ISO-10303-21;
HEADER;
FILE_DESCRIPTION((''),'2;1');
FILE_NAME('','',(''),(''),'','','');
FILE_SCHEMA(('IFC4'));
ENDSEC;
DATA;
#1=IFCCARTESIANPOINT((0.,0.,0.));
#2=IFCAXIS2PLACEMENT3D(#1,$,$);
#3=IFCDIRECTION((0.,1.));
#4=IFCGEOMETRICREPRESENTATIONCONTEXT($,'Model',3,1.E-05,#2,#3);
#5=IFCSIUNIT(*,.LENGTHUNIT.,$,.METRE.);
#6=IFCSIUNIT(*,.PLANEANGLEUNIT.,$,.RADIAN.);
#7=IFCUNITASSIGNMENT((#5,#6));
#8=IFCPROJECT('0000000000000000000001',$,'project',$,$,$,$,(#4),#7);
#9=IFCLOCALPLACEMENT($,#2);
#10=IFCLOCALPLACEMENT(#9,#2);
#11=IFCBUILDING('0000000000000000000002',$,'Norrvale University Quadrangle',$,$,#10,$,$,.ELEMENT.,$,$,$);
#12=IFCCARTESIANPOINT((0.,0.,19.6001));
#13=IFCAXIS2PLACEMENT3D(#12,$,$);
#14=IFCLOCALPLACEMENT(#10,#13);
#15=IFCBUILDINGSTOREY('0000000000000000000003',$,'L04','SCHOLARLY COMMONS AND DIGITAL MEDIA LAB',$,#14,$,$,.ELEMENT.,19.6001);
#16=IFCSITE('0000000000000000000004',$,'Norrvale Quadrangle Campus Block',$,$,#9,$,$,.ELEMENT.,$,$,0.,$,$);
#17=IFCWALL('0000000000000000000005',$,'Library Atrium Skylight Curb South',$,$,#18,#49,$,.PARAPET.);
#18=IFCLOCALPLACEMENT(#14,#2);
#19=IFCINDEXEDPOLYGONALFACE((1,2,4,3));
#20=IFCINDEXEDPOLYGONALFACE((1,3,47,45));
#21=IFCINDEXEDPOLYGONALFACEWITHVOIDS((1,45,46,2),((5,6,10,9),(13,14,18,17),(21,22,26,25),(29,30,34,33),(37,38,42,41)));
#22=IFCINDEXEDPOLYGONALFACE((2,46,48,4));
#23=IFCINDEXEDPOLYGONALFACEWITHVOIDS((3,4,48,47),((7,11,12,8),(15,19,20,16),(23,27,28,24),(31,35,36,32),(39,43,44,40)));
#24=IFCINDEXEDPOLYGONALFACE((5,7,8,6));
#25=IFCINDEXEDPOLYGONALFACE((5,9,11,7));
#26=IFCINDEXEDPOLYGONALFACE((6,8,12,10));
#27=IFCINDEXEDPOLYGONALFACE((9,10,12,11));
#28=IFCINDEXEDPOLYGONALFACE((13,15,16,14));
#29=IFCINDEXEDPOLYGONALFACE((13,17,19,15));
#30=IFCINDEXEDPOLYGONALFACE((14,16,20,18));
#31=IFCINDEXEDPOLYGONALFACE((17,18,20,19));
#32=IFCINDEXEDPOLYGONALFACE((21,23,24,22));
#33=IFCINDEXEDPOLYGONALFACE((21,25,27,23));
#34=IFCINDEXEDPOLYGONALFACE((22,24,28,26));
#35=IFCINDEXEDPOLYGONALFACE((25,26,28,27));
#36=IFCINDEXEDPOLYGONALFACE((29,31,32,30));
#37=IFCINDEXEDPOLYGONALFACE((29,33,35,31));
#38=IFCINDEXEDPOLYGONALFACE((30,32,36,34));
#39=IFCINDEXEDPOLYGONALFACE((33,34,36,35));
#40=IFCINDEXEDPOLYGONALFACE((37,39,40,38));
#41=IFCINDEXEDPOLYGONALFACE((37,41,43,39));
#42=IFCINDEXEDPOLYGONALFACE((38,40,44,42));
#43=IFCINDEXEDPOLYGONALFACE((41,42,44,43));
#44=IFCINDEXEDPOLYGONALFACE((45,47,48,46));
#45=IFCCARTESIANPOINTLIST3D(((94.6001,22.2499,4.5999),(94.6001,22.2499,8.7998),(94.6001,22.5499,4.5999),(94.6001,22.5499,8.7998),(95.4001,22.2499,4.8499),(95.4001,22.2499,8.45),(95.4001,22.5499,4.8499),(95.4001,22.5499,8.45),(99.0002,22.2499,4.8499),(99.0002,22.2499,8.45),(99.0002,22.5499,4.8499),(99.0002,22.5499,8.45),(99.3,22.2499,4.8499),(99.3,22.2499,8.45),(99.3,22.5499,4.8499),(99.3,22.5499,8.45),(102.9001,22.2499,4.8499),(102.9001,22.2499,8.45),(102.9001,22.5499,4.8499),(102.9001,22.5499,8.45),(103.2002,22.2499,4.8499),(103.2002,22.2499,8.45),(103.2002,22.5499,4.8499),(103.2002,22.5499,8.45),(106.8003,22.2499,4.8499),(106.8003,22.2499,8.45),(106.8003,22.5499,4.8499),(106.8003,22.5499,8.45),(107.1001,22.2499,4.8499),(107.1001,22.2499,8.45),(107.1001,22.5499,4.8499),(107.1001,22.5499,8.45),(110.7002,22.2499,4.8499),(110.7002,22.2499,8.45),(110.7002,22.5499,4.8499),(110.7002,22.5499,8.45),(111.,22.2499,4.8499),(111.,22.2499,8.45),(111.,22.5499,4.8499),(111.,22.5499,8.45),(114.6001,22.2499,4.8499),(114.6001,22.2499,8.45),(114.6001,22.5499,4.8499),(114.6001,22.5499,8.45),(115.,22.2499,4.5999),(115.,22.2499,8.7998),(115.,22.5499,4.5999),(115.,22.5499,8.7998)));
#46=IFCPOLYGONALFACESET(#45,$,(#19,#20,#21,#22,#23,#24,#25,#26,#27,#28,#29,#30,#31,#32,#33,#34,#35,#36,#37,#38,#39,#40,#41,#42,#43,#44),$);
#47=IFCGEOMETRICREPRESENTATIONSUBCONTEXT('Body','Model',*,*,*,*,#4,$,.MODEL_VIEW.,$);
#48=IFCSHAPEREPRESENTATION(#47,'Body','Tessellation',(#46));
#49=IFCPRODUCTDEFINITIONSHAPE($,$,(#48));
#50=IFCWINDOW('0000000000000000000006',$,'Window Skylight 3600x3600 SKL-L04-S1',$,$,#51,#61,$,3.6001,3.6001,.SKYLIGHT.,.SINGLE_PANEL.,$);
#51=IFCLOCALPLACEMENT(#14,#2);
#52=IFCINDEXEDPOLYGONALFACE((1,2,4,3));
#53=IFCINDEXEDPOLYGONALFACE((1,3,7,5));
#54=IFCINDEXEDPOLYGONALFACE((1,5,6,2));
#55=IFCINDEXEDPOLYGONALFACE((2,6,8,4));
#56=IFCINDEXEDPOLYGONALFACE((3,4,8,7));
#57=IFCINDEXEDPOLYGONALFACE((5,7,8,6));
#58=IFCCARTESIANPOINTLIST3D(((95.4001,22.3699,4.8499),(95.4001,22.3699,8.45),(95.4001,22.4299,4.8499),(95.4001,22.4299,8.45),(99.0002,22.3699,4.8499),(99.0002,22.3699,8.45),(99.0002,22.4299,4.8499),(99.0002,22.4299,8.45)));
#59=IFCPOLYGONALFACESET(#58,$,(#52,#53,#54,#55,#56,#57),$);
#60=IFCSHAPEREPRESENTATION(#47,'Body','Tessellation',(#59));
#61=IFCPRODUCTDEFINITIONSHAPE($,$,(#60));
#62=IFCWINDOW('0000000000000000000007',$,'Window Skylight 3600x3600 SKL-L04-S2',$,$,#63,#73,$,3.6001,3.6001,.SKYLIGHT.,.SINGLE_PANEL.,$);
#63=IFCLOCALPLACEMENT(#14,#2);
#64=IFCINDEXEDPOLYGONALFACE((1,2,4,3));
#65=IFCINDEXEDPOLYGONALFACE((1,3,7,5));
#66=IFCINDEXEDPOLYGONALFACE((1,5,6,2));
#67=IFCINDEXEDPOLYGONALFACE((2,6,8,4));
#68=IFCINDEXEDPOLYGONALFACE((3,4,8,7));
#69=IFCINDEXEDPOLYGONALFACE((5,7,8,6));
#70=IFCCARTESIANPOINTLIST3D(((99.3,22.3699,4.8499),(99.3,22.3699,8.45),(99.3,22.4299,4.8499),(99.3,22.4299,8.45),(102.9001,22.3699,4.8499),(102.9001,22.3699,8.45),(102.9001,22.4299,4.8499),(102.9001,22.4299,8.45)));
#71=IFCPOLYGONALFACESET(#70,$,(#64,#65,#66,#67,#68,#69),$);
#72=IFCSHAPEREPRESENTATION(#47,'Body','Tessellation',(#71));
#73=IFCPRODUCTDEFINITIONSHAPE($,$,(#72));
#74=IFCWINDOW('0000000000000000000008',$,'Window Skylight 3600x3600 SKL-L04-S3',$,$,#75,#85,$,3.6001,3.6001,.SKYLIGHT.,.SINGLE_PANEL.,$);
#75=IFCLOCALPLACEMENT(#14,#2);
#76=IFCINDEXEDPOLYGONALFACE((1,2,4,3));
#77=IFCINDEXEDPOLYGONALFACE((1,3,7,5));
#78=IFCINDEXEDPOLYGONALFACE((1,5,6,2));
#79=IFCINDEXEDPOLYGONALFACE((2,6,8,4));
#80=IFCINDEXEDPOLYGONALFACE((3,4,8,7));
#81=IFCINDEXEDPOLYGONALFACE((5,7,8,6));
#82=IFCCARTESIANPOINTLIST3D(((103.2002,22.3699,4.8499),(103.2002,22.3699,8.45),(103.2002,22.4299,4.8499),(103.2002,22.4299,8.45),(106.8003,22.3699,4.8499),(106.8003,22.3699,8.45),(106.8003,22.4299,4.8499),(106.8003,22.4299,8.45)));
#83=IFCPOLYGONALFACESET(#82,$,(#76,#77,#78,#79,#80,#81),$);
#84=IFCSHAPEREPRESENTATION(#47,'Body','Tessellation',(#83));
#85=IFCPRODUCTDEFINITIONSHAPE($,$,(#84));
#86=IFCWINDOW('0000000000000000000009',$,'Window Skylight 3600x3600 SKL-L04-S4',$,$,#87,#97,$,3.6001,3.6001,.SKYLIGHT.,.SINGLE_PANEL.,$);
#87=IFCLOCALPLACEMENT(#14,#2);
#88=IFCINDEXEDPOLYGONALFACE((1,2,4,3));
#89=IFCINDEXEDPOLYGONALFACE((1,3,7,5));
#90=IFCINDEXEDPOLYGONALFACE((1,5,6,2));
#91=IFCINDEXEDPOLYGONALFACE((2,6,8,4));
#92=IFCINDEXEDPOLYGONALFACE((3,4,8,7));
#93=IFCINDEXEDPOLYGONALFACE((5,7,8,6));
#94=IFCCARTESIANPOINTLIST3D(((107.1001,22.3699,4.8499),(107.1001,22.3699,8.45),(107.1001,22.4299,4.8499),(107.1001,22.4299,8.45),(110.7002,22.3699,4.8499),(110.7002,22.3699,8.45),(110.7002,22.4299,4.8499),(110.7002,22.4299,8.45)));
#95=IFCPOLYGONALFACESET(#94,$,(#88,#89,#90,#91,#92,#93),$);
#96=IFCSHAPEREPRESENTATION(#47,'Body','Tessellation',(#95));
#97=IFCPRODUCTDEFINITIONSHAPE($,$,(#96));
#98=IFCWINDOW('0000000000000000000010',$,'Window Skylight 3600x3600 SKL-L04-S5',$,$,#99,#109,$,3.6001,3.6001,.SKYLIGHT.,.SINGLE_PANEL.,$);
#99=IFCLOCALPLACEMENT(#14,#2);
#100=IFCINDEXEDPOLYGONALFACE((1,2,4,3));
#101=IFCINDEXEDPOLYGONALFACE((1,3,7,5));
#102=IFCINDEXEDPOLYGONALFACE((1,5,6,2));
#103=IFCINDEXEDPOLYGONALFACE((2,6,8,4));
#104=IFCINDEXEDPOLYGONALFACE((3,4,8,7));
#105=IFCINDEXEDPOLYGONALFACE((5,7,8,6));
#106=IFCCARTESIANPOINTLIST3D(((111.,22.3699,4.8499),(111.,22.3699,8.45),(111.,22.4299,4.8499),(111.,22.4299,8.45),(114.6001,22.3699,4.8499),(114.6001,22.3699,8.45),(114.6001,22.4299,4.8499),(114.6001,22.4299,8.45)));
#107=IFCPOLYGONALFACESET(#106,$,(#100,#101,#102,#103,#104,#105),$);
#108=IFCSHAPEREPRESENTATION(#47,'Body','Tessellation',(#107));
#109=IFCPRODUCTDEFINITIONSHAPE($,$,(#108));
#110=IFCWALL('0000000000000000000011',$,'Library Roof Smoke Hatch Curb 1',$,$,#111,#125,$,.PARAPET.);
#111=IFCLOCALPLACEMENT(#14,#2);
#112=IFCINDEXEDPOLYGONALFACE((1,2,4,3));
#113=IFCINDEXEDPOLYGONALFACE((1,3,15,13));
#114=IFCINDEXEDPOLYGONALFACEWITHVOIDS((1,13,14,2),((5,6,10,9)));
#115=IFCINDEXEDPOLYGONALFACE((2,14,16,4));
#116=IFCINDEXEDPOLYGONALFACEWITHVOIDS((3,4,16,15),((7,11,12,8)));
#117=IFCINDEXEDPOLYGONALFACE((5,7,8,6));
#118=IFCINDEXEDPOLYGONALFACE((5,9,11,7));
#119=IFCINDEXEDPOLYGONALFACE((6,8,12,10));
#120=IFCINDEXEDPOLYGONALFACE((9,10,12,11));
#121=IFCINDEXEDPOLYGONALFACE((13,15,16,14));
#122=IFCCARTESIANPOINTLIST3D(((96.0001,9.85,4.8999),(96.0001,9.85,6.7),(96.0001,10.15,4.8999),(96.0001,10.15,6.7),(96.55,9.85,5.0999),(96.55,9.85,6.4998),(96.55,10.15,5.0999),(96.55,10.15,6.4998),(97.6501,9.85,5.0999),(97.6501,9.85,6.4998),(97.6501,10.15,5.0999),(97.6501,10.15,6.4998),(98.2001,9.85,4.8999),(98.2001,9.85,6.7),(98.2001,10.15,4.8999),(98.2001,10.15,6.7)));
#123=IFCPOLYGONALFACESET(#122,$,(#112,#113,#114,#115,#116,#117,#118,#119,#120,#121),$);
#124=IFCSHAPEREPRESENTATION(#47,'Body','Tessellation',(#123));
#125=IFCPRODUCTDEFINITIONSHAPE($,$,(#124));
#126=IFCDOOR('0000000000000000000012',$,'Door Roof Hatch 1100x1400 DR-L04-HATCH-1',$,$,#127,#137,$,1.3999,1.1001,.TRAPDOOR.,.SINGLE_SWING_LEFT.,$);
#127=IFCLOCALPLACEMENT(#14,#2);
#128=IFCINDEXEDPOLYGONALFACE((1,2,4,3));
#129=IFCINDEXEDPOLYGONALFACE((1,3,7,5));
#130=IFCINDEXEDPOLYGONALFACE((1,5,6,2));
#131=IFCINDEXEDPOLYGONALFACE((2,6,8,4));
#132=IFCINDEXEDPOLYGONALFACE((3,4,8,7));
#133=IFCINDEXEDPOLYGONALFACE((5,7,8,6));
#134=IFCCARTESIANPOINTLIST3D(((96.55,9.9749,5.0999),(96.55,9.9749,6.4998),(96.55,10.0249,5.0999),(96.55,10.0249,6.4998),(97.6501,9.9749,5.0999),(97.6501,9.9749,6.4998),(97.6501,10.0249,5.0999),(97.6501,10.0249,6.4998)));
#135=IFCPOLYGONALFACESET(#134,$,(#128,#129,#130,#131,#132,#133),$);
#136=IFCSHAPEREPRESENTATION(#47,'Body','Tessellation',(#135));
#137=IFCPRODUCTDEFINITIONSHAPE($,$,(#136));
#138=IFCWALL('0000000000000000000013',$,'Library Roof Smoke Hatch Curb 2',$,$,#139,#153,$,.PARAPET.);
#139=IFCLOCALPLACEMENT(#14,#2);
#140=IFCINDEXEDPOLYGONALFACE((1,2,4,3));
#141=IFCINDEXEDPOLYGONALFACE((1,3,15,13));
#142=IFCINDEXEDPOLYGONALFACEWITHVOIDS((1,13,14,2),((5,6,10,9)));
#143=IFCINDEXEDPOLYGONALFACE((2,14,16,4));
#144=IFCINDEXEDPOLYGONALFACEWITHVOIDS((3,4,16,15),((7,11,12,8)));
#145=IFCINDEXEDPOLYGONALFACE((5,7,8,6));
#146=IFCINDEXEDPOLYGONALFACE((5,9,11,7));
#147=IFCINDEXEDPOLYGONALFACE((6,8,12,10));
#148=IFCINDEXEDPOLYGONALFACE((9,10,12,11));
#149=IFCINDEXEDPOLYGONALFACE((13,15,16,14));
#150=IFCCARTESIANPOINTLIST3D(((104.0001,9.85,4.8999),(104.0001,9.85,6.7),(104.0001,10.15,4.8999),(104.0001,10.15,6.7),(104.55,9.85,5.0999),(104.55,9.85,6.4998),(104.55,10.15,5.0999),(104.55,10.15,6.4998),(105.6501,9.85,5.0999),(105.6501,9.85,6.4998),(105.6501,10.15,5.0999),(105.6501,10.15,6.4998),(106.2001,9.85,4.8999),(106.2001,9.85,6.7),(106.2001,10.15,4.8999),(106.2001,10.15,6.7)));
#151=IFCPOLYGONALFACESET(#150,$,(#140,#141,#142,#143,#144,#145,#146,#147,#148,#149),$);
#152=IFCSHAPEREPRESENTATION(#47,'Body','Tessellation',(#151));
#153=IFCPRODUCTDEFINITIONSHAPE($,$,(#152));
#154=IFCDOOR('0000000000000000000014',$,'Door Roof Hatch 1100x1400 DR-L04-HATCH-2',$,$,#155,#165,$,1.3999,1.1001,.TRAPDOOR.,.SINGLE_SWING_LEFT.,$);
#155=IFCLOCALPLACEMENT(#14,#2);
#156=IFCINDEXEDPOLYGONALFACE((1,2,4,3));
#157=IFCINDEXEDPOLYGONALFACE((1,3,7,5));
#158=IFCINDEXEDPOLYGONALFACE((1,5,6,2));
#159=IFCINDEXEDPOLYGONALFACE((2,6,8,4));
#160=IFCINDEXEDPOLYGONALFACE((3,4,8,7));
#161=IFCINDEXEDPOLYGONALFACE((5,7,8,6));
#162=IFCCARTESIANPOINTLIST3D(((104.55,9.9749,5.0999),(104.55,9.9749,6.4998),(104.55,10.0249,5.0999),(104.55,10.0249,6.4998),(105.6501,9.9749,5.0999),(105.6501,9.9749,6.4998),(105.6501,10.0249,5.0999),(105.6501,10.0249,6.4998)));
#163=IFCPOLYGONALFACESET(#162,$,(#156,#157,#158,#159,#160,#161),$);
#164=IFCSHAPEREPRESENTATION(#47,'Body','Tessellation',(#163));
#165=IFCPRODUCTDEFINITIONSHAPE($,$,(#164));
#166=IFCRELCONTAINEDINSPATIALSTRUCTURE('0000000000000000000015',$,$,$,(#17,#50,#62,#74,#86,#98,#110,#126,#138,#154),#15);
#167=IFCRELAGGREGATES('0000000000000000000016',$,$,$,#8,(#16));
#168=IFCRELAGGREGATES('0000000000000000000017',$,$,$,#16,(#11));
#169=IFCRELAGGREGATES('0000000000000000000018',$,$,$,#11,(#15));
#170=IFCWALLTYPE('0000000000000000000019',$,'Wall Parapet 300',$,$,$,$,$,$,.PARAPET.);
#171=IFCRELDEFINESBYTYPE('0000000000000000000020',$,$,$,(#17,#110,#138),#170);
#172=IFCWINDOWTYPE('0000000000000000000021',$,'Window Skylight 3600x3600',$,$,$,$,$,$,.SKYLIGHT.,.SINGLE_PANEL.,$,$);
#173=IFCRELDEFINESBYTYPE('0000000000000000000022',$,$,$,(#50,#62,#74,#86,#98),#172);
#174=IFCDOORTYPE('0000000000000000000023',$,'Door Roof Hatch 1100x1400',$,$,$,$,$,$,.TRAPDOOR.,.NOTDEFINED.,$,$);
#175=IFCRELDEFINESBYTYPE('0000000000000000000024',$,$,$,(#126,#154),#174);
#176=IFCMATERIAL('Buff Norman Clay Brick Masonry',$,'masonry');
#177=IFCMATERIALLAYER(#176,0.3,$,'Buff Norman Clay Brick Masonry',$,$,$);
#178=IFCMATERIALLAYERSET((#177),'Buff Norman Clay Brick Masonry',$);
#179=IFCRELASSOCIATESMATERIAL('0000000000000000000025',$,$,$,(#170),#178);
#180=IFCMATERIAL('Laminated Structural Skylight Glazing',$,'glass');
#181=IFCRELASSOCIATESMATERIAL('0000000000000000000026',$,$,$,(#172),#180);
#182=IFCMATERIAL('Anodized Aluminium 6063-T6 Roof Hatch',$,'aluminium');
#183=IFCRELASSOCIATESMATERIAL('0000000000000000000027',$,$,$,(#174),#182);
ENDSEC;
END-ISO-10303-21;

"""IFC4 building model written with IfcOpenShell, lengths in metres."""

from ifc_helpers import new_model, si_unit, direction, frame, frame_2d, origin, place, context, subcontext, project, spatial, rectangle, extrude, material, layer, layer_set, type_object, element, fill, save


model = new_model("IFC4")

# Units and contexts
model_context = context("Model", 3, precision=1e-05, world=origin(), true_north=direction((0.0, 1.0)))
body_context = subcontext(model_context, "Body", "Model", "MODEL_VIEW")
ifc_project = project(units=[si_unit("LENGTHUNIT", "METRE"), si_unit("PLANEANGLEUNIT", "RADIAN")], contexts=[model_context])

# Site, building, storey
site_placement = place(None, origin())
site = spatial("IfcSite", under=ifc_project, at=site_placement, Name="Norrvale Quadrangle Campus Block", CompositionType="ELEMENT", RefElevation=0.0)
building_placement = place(site_placement, origin())
building = spatial("IfcBuilding", under=site, at=building_placement, Name="Norrvale University Quadrangle", CompositionType="ELEMENT")
storey_placement = place(building_placement, frame((0.0, 0.0, 19.6001)))
storey = spatial("IfcBuildingStorey", under=building, at=storey_placement, Name="L04", Description="SCHOLARLY COMMONS AND DIGITAL MEDIA LAB", CompositionType="ELEMENT", Elevation=19.6001)

# Wall, openings, windows
ifc_material_1 = material(Name="Buff Norman Clay Brick Masonry", Category="masonry")
ifc_layer_1 = layer(ifc_material_1, 0.3, Name="Buff Norman Clay Brick Masonry")
ifc_layer_set_1 = layer_set([ifc_layer_1], Name="Buff Norman Clay Brick Masonry")
wall_type_1 = type_object("IfcWallType", Name="Wall Parapet 300", PredefinedType="PARAPET", material=ifc_layer_set_1)
wall_1_placement = place(storey_placement, frame((94.6001, 22.3999, 4.5999), z_axis=(0.0, 0.0, 1.0), x_axis=(1.0, 0.0, 0.0)))
wall_1 = element("IfcWall", 1, at=wall_1_placement, inside=storey, type_object=wall_type_1, Name="Library Atrium Skylight Curb South", PredefinedType="PARAPET", context=body_context, shape_type="SweptSolid", body=[
    extrude(rectangle(XDim=20.3999, YDim=0.3, at=frame_2d((10.2, 0.0))), origin(), (0.0, 0.0, 1.0), 4.2),
])
opening_1_placement = place(wall_1_placement, frame((0.8, 0.0, 0.25)))
opening_1 = element("IfcOpeningElement", 2, at=opening_1_placement, cuts=wall_1, PredefinedType="OPENING", context=body_context, shape_type="SweptSolid", body=[
    extrude(rectangle(XDim=3.6001, YDim=3.6001, at=frame_2d((1.8, 1.8))), frame((0.0, 0.1621, 0.0), z_axis=(0.0, -1.0, 0.0), x_axis=(1.0, 0.0, 0.0)), (0.0, 0.0, 1.0), 0.324),
])
opening_2_placement = place(wall_1_placement, frame((4.7, 0.0, 0.25)))
opening_2 = element("IfcOpeningElement", 3, at=opening_2_placement, cuts=wall_1, PredefinedType="OPENING", context=body_context, shape_type="SweptSolid", body=[
    extrude(rectangle(XDim=3.6001, YDim=3.6001, at=frame_2d((1.8, 1.8))), frame((0.0, 0.1621, 0.0), z_axis=(0.0, -1.0, 0.0), x_axis=(1.0, 0.0, 0.0)), (0.0, 0.0, 1.0), 0.324),
])
opening_3_placement = place(wall_1_placement, frame((8.6001, 0.0, 0.25)))
opening_3 = element("IfcOpeningElement", 4, at=opening_3_placement, cuts=wall_1, PredefinedType="OPENING", context=body_context, shape_type="SweptSolid", body=[
    extrude(rectangle(XDim=3.6001, YDim=3.6001, at=frame_2d((1.8, 1.8))), frame((0.0, 0.1621, 0.0), z_axis=(0.0, -1.0, 0.0), x_axis=(1.0, 0.0, 0.0)), (0.0, 0.0, 1.0), 0.324),
])
opening_4_placement = place(wall_1_placement, frame((12.5, 0.0, 0.25)))
opening_4 = element("IfcOpeningElement", 5, at=opening_4_placement, cuts=wall_1, PredefinedType="OPENING", context=body_context, shape_type="SweptSolid", body=[
    extrude(rectangle(XDim=3.6001, YDim=3.6001, at=frame_2d((1.8, 1.8))), frame((0.0, 0.1621, 0.0), z_axis=(0.0, -1.0, 0.0), x_axis=(1.0, 0.0, 0.0)), (0.0, 0.0, 1.0), 0.324),
])
opening_5_placement = place(wall_1_placement, frame((16.3999, 0.0, 0.25)))
opening_5 = element("IfcOpeningElement", 6, at=opening_5_placement, cuts=wall_1, PredefinedType="OPENING", context=body_context, shape_type="SweptSolid", body=[
    extrude(rectangle(XDim=3.6001, YDim=3.6001, at=frame_2d((1.8, 1.8))), frame((0.0, 0.1621, 0.0), z_axis=(0.0, -1.0, 0.0), x_axis=(1.0, 0.0, 0.0)), (0.0, 0.0, 1.0), 0.324),
])
ifc_material_2 = material(Name="Laminated Structural Skylight Glazing", Category="glass")
window_type = type_object("IfcWindowType", Name="Window Skylight 3600x3600", PartitioningType="SINGLE_PANEL", PredefinedType="SKYLIGHT", material=ifc_material_2)
window_1_placement = place(opening_1_placement, origin())
window_1 = element("IfcWindow", 7, at=window_1_placement, inside=storey, type_object=window_type, Name="Window Skylight 3600x3600 SKL-L04-S1", OverallHeight=3.6001, OverallWidth=3.6001, PartitioningType="SINGLE_PANEL", PredefinedType="SKYLIGHT", context=body_context, shape_type="SweptSolid", body=[
    extrude(rectangle(XDim=3.6001, YDim=3.6001, at=frame_2d((1.8, 1.8))), frame((0.0, 0.03, 0.0), z_axis=(0.0, -1.0, 0.0), x_axis=(1.0, 0.0, 0.0)), (0.0, 0.0, 1.0), 0.0601),
])
fill(opening_1, window_1)
window_2_placement = place(opening_2_placement, origin())
window_2 = element("IfcWindow", 8, at=window_2_placement, inside=storey, type_object=window_type, Name="Window Skylight 3600x3600 SKL-L04-S2", OverallHeight=3.6001, OverallWidth=3.6001, PartitioningType="SINGLE_PANEL", PredefinedType="SKYLIGHT", context=body_context, shape_type="SweptSolid", body=[
    extrude(rectangle(XDim=3.6001, YDim=3.6001, at=frame_2d((1.8, 1.8))), frame((0.0, 0.03, 0.0), z_axis=(0.0, -1.0, 0.0), x_axis=(1.0, 0.0, 0.0)), (0.0, 0.0, 1.0), 0.0601),
])
fill(opening_2, window_2)
window_3_placement = place(opening_3_placement, origin())
window_3 = element("IfcWindow", 9, at=window_3_placement, inside=storey, type_object=window_type, Name="Window Skylight 3600x3600 SKL-L04-S3", OverallHeight=3.6001, OverallWidth=3.6001, PartitioningType="SINGLE_PANEL", PredefinedType="SKYLIGHT", context=body_context, shape_type="SweptSolid", body=[
    extrude(rectangle(XDim=3.6001, YDim=3.6001, at=frame_2d((1.8, 1.8))), frame((0.0, 0.03, 0.0), z_axis=(0.0, -1.0, 0.0), x_axis=(1.0, 0.0, 0.0)), (0.0, 0.0, 1.0), 0.0601),
])
fill(opening_3, window_3)
window_4_placement = place(opening_4_placement, origin())
window_4 = element("IfcWindow", 10, at=window_4_placement, inside=storey, type_object=window_type, Name="Window Skylight 3600x3600 SKL-L04-S4", OverallHeight=3.6001, OverallWidth=3.6001, PartitioningType="SINGLE_PANEL", PredefinedType="SKYLIGHT", context=body_context, shape_type="SweptSolid", body=[
    extrude(rectangle(XDim=3.6001, YDim=3.6001, at=frame_2d((1.8, 1.8))), frame((0.0, 0.03, 0.0), z_axis=(0.0, -1.0, 0.0), x_axis=(1.0, 0.0, 0.0)), (0.0, 0.0, 1.0), 0.0601),
])
fill(opening_4, window_4)
window_5_placement = place(opening_5_placement, origin())
window_5 = element("IfcWindow", 11, at=window_5_placement, inside=storey, type_object=window_type, Name="Window Skylight 3600x3600 SKL-L04-S5", OverallHeight=3.6001, OverallWidth=3.6001, PartitioningType="SINGLE_PANEL", PredefinedType="SKYLIGHT", context=body_context, shape_type="SweptSolid", body=[
    extrude(rectangle(XDim=3.6001, YDim=3.6001, at=frame_2d((1.8, 1.8))), frame((0.0, 0.03, 0.0), z_axis=(0.0, -1.0, 0.0), x_axis=(1.0, 0.0, 0.0)), (0.0, 0.0, 1.0), 0.0601),
])
fill(opening_5, window_5)

# Walls, openings, doors
wall_2_placement = place(storey_placement, frame((96.0, 10.0, 4.8999), z_axis=(0.0, 0.0, 1.0), x_axis=(1.0, 0.0, 0.0)))
wall_2 = element("IfcWall", 12, at=wall_2_placement, inside=storey, type_object=wall_type_1, Name="Library Roof Smoke Hatch Curb 1", PredefinedType="PARAPET", context=body_context, shape_type="SweptSolid", body=[
    extrude(rectangle(XDim=2.2, YDim=0.3, at=frame_2d((1.1001, 0.0))), origin(), (0.0, 0.0, 1.0), 1.8),
])
opening_6_placement = place(wall_2_placement, frame((0.55, 0.0, 0.2)))
opening_6 = element("IfcOpeningElement", 13, at=opening_6_placement, cuts=wall_2, PredefinedType="OPENING", context=body_context, shape_type="SweptSolid", body=[
    extrude(rectangle(XDim=1.1001, YDim=1.3999, at=frame_2d((0.55, 0.7))), frame((0.0, 0.1621, 0.0), z_axis=(0.0, -1.0, 0.0), x_axis=(1.0, 0.0, 0.0)), (0.0, 0.0, 1.0), 0.324),
])
ifc_material_3 = material(Name="Anodized Aluminium 6063-T6 Roof Hatch", Category="aluminium")
door_type_1 = type_object("IfcDoorType", Name="Door Roof Hatch 1100x1400", OperationType="NOTDEFINED", PredefinedType="TRAPDOOR", material=ifc_material_3)
door_1_placement = place(opening_6_placement, origin())
door_1 = element("IfcDoor", 14, at=door_1_placement, inside=storey, type_object=door_type_1, Name="Door Roof Hatch 1100x1400 DR-L04-HATCH-1", OperationType="SINGLE_SWING_LEFT", OverallHeight=1.3999, OverallWidth=1.1001, PredefinedType="TRAPDOOR", context=body_context, shape_type="SweptSolid", body=[
    extrude(rectangle(XDim=1.1001, YDim=1.3999, at=frame_2d((0.55, 0.7))), frame((0.0, 0.0249, 0.0), z_axis=(0.0, -1.0, 0.0), x_axis=(1.0, 0.0, 0.0)), (0.0, 0.0, 1.0), 0.05),
])
fill(opening_6, door_1)
wall_3_placement = place(storey_placement, frame((104.0, 10.0, 4.8999), z_axis=(0.0, 0.0, 1.0), x_axis=(1.0, 0.0, 0.0)))
wall_3 = element("IfcWall", 15, at=wall_3_placement, inside=storey, type_object=wall_type_1, Name="Library Roof Smoke Hatch Curb 2", PredefinedType="PARAPET", context=body_context, shape_type="SweptSolid", body=[
    extrude(rectangle(XDim=2.2, YDim=0.3, at=frame_2d((1.1001, 0.0))), origin(), (0.0, 0.0, 1.0), 1.8),
])
opening_7_placement = place(wall_3_placement, frame((0.55, 0.0, 0.2)))
opening_7 = element("IfcOpeningElement", 16, at=opening_7_placement, cuts=wall_3, PredefinedType="OPENING", context=body_context, shape_type="SweptSolid", body=[
    extrude(rectangle(XDim=1.1001, YDim=1.3999, at=frame_2d((0.55, 0.7))), frame((0.0, 0.1621, 0.0), z_axis=(0.0, -1.0, 0.0), x_axis=(1.0, 0.0, 0.0)), (0.0, 0.0, 1.0), 0.324),
])
door_2_placement = place(opening_7_placement, origin())
door_2 = element("IfcDoor", 17, at=door_2_placement, inside=storey, type_object=door_type_1, Name="Door Roof Hatch 1100x1400 DR-L04-HATCH-2", OperationType="SINGLE_SWING_LEFT", OverallHeight=1.3999, OverallWidth=1.1001, PredefinedType="TRAPDOOR", context=body_context, shape_type="SweptSolid", body=[
    extrude(rectangle(XDim=1.1001, YDim=1.3999, at=frame_2d((0.55, 0.7))), frame((0.0, 0.0249, 0.0), z_axis=(0.0, -1.0, 0.0), x_axis=(1.0, 0.0, 0.0)), (0.0, 0.0, 1.0), 0.05),
])
fill(opening_7, door_2)

save(model, "model.ifc")
